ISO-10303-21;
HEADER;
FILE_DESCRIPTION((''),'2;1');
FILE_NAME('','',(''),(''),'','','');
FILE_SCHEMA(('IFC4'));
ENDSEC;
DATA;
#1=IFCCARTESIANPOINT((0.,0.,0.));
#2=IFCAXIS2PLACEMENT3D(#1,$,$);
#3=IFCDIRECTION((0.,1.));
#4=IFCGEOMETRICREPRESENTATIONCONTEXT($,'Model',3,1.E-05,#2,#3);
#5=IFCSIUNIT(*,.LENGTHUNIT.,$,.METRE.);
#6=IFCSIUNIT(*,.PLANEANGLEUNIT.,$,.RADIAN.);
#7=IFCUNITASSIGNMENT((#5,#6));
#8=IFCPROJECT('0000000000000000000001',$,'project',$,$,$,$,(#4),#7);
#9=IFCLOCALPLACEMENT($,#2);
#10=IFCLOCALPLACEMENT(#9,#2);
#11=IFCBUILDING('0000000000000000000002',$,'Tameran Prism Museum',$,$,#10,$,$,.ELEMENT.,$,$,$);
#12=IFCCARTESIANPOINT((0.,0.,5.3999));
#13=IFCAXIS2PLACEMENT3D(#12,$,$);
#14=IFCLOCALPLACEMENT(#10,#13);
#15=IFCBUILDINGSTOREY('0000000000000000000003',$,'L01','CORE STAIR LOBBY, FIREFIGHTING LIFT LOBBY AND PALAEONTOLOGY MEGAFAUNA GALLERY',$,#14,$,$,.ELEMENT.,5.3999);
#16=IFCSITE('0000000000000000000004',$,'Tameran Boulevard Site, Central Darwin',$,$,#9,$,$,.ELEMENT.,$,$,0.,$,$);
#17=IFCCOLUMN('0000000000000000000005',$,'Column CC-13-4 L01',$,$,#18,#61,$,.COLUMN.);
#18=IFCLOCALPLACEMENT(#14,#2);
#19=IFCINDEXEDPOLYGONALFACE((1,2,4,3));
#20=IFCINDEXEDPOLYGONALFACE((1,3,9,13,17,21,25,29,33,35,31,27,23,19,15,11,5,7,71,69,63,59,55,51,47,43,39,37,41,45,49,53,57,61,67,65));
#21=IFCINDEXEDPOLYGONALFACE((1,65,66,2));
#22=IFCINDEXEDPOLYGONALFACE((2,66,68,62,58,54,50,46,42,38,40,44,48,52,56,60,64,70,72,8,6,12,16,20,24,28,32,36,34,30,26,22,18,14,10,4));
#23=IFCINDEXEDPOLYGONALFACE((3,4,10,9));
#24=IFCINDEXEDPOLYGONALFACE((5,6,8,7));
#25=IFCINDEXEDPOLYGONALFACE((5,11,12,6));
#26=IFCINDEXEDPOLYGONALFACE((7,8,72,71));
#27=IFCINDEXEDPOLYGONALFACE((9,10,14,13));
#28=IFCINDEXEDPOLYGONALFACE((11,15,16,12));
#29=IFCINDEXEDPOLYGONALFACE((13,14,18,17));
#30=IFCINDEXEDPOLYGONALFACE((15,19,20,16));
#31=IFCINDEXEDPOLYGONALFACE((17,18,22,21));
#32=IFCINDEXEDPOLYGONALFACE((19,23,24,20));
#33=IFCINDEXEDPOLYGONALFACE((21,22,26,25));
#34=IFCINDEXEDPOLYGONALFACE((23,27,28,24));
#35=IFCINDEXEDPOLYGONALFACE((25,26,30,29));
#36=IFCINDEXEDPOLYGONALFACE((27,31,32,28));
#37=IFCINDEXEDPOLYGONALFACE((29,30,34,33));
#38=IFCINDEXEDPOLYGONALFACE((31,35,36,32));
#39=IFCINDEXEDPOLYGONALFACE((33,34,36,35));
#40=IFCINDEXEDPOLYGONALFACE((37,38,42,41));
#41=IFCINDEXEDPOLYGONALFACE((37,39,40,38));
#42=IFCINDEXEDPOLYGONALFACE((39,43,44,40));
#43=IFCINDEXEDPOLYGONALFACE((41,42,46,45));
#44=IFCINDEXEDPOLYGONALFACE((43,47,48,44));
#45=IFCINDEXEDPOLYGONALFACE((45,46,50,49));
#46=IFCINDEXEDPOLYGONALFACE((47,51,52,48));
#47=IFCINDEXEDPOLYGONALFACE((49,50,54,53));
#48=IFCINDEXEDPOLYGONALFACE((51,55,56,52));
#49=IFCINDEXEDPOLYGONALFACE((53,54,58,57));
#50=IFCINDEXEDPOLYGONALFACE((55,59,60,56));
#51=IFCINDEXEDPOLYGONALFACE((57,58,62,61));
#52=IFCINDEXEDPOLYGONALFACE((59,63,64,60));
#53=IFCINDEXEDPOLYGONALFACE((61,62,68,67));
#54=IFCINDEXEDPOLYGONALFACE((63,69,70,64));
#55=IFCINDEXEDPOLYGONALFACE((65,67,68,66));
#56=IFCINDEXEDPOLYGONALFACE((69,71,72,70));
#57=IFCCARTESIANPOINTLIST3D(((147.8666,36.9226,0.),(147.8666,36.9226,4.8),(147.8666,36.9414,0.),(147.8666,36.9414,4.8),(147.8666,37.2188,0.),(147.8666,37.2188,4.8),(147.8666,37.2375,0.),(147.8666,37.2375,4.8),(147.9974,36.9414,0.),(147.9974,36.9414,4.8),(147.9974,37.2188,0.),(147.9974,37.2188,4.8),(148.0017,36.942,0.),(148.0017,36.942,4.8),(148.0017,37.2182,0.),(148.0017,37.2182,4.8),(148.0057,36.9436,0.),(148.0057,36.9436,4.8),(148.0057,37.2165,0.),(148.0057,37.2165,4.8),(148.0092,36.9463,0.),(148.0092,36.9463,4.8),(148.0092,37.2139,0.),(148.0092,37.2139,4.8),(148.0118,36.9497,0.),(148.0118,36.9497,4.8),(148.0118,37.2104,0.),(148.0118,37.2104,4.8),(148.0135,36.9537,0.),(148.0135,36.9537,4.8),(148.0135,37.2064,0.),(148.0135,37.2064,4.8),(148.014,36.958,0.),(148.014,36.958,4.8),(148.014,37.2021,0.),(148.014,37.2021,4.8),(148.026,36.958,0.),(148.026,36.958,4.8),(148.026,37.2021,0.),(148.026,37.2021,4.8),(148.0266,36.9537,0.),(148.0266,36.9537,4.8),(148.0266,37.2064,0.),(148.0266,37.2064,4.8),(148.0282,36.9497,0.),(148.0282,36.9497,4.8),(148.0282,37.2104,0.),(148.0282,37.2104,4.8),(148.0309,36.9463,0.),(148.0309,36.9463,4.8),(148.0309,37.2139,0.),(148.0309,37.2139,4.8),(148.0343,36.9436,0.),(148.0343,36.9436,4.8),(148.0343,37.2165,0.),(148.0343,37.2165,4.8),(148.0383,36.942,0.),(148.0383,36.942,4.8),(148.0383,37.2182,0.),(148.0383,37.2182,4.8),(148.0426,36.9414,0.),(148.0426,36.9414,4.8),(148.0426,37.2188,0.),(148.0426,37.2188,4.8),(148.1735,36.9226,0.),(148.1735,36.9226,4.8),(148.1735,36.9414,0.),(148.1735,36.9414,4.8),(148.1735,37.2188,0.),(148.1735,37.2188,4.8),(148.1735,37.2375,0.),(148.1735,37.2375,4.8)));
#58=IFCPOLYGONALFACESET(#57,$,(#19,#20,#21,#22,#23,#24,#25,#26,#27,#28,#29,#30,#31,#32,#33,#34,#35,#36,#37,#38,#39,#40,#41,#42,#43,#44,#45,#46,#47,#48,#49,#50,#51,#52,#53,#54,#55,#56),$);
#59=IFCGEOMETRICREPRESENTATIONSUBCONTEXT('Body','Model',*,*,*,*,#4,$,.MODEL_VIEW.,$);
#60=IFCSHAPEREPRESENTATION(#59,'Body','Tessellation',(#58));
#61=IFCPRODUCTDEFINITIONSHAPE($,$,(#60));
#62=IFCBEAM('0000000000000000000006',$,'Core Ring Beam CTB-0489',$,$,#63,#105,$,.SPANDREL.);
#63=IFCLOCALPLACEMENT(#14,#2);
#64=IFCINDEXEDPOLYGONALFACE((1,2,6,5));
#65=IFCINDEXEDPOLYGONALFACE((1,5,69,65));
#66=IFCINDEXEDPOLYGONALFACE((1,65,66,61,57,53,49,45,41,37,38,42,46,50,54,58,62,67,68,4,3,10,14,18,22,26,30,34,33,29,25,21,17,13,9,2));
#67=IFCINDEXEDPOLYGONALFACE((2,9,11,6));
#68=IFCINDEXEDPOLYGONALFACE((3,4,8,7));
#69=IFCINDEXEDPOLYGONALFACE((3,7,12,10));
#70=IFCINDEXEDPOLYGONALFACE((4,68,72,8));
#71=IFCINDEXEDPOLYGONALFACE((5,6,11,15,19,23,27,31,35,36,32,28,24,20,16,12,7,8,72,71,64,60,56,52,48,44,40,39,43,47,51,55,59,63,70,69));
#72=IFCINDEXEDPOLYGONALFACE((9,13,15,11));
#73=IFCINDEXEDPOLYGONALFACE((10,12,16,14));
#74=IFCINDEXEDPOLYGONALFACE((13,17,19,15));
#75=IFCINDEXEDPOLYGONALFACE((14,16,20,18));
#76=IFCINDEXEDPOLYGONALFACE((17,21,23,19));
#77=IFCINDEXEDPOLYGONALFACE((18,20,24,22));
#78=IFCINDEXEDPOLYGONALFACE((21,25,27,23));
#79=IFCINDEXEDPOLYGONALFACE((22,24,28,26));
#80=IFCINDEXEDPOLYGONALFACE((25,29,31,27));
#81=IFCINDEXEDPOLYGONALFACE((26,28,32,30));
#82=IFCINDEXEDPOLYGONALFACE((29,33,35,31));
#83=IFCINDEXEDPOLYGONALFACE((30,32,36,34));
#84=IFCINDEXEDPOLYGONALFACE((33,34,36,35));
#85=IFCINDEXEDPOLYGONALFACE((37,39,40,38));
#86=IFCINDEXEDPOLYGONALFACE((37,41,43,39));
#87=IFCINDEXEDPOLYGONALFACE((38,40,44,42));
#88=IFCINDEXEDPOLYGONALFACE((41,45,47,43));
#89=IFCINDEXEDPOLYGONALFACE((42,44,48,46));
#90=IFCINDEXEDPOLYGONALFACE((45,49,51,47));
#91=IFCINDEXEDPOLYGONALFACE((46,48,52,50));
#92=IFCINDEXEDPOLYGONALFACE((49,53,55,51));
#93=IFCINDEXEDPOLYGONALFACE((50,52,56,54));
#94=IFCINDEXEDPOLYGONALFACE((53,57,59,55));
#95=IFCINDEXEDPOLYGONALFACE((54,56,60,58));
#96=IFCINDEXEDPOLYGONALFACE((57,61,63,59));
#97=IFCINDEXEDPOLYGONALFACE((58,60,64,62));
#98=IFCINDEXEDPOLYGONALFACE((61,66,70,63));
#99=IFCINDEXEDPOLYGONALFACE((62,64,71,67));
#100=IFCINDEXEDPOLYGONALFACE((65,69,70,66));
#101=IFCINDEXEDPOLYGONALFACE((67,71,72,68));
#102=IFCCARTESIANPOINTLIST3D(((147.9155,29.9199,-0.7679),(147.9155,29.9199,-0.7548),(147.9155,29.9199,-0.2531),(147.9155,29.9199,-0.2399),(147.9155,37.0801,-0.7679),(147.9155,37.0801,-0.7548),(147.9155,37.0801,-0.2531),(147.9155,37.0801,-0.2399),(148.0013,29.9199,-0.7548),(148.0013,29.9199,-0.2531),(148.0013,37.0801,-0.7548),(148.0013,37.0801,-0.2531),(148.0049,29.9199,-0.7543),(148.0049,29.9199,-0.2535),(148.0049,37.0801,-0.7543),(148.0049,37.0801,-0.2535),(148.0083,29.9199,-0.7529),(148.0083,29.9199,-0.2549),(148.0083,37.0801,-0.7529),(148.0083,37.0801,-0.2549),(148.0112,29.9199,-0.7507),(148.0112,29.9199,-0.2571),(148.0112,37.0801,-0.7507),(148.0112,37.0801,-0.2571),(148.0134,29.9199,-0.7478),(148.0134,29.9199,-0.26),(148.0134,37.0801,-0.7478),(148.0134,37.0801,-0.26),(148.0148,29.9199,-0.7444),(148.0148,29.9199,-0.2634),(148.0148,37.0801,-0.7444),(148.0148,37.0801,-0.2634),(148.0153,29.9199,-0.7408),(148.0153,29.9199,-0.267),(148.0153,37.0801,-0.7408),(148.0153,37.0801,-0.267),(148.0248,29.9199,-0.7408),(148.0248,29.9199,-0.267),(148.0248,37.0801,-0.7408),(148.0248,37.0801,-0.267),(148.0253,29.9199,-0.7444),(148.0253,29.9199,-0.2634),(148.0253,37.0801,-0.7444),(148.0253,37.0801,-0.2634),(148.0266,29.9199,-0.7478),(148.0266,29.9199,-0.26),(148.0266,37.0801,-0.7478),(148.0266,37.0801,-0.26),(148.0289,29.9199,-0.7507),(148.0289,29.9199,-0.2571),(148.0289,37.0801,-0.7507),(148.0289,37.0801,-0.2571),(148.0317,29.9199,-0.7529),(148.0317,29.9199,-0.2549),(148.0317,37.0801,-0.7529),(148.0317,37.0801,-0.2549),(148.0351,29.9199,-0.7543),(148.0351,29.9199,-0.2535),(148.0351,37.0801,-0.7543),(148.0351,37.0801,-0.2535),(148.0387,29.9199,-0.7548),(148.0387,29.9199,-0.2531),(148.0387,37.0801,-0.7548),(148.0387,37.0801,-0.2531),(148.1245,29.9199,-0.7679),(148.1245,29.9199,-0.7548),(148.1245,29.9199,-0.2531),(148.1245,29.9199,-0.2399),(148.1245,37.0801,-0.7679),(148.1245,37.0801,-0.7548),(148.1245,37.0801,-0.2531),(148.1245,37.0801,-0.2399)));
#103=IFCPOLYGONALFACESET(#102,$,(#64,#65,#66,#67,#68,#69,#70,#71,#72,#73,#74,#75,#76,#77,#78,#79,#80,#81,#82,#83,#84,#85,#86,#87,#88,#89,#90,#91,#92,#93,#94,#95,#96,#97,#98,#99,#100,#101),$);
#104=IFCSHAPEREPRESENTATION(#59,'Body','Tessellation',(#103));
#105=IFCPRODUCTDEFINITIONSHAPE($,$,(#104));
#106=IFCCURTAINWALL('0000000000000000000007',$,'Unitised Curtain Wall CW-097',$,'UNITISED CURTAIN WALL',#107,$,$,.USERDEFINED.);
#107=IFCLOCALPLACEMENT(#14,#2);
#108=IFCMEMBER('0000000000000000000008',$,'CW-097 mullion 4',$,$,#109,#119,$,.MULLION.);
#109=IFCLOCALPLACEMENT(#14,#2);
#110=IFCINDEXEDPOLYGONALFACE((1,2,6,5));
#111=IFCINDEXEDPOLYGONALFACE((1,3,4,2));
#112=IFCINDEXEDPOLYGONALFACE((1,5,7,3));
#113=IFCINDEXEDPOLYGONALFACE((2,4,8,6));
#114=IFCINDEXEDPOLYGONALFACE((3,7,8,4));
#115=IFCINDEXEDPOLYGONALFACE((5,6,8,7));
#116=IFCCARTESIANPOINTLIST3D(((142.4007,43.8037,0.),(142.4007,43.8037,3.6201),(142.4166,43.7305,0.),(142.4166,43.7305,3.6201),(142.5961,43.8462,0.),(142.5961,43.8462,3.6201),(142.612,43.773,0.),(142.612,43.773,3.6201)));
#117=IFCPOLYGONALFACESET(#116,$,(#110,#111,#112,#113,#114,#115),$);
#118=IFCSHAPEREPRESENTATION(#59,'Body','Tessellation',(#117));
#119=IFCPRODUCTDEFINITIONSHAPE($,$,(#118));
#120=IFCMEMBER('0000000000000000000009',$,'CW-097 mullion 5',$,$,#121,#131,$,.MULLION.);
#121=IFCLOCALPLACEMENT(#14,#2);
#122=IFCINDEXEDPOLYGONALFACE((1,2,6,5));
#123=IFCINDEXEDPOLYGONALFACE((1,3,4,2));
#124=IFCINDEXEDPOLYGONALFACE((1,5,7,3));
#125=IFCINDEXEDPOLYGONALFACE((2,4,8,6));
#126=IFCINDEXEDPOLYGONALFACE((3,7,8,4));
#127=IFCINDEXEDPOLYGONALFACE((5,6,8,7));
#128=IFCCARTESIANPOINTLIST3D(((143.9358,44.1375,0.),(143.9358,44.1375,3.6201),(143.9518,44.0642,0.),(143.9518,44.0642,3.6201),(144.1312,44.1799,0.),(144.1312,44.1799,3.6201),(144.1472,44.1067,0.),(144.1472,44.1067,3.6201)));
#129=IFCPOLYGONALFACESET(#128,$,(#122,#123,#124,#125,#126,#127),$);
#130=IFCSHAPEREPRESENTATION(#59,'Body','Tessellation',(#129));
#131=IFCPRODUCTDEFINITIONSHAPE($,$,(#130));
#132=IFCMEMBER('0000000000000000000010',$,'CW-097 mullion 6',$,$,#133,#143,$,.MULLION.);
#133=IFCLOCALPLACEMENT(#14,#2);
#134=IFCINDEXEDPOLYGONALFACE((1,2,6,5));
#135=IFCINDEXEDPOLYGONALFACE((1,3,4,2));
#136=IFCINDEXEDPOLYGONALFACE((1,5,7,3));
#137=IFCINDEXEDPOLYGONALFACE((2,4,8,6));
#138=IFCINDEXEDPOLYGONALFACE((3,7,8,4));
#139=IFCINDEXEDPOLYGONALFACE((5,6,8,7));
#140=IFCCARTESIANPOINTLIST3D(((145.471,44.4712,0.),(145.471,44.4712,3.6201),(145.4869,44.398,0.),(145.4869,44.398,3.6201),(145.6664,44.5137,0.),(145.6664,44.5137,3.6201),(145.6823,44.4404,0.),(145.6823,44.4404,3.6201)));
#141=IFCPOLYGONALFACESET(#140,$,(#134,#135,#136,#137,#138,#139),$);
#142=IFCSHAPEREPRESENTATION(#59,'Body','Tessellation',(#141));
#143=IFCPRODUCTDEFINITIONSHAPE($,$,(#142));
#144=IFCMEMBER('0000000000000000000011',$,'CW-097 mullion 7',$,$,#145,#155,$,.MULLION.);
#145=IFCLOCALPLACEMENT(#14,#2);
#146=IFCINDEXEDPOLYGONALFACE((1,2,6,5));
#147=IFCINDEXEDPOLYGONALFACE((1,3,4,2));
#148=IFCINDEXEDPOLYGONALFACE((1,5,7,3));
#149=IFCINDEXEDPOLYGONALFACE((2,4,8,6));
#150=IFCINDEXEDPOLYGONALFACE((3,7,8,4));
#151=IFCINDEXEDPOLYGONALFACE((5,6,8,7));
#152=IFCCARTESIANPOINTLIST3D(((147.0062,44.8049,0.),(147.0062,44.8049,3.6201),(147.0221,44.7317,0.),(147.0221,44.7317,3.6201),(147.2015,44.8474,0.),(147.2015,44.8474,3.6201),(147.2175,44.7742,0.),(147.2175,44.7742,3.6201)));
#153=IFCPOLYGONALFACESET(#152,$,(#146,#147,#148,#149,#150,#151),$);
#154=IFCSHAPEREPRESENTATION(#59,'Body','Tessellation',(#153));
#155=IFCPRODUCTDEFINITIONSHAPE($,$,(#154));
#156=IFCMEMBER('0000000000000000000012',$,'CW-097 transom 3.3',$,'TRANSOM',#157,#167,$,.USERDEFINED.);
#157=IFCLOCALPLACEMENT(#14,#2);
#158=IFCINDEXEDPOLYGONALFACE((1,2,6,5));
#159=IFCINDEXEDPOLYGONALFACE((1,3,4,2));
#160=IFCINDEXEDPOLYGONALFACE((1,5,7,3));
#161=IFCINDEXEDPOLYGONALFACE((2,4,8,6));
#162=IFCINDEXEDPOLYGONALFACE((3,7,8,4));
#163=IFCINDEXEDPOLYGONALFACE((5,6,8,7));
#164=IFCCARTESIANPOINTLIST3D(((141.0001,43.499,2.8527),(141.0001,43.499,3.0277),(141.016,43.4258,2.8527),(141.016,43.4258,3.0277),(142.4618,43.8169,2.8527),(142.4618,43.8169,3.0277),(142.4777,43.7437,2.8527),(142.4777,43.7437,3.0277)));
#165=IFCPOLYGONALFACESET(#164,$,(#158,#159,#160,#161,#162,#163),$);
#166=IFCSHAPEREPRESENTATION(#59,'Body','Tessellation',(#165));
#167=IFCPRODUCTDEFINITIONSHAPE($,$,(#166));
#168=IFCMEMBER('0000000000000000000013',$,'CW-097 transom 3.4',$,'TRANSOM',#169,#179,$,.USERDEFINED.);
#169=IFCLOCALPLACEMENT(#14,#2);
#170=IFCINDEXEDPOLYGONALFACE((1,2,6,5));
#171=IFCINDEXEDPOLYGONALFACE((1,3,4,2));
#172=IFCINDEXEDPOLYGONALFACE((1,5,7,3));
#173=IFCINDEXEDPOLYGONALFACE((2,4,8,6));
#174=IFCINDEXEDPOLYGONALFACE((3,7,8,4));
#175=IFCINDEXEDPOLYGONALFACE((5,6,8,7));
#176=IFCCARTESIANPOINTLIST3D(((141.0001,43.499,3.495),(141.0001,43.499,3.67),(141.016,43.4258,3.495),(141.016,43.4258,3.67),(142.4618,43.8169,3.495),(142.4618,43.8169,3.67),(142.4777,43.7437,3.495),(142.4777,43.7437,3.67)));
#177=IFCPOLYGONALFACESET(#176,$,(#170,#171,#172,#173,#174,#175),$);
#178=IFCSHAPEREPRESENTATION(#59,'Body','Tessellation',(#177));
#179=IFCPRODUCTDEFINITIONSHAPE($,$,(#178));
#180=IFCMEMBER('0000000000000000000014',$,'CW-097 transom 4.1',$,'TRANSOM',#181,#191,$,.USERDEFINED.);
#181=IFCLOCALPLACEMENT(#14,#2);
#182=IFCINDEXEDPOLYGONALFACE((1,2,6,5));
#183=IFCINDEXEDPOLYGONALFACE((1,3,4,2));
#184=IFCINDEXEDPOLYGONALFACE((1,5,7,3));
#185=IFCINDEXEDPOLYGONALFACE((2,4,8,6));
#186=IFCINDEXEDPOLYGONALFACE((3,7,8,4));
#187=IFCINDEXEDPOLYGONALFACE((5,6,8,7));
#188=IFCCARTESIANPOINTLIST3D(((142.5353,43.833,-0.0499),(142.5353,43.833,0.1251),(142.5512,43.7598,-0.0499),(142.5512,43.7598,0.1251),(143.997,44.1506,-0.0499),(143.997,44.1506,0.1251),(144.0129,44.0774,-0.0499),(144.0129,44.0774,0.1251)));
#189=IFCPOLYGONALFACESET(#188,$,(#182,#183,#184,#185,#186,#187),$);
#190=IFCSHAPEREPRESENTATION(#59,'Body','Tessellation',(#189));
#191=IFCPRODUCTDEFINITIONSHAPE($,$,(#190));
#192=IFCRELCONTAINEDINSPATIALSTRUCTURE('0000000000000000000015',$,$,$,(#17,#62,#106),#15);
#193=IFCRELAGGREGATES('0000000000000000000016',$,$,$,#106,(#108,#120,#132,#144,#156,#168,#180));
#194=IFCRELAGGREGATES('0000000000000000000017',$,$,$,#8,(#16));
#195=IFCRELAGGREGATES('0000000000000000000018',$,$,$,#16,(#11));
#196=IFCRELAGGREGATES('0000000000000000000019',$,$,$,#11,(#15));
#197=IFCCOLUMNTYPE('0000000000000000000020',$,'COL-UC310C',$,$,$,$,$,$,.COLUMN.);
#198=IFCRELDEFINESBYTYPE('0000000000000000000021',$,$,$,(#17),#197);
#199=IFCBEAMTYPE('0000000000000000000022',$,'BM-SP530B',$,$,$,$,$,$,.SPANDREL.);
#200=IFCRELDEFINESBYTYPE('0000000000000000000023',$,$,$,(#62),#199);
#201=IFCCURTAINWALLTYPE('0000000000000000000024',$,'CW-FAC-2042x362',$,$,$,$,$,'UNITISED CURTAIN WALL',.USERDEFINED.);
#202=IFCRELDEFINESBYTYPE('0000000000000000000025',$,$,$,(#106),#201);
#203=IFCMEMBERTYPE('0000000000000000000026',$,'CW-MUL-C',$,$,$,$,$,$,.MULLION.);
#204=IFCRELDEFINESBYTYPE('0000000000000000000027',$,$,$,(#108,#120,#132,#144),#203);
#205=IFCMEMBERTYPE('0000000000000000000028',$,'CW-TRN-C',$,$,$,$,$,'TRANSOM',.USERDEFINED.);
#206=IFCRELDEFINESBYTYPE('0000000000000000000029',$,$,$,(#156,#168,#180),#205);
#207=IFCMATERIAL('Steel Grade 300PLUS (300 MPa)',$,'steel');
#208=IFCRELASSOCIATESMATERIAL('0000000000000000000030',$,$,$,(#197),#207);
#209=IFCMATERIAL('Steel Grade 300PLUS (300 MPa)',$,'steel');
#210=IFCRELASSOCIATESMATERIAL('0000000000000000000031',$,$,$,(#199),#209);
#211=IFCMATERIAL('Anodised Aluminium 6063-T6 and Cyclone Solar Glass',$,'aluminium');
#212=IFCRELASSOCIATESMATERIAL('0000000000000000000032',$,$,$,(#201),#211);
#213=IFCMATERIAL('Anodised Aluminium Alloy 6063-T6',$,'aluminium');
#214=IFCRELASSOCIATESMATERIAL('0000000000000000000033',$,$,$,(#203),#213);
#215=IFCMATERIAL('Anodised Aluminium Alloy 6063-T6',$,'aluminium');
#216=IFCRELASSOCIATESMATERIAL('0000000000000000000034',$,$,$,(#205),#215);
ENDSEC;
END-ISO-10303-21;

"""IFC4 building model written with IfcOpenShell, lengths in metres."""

from ifc_helpers import new_model, si_unit, direction, frame, origin, origin_2d, place, context, subcontext, project, spatial, rectangle, i_section, extrude, material, material_profile, profile_set, type_object, element, aggregate, save


model = new_model("IFC4")

# Units and contexts
model_context = context("Model", 3, precision=1e-05, world=origin(), true_north=direction((0.0, 1.0)))
body_context = subcontext(model_context, "Body", "Model", "MODEL_VIEW")
ifc_project = project(units=[si_unit("LENGTHUNIT", "METRE"), si_unit("PLANEANGLEUNIT", "RADIAN")], contexts=[model_context])

# Site, building, storey
site_placement = place(None, origin())
site = spatial("IfcSite", under=ifc_project, at=site_placement, Name="Tameran Boulevard Site, Central Darwin", CompositionType="ELEMENT", RefElevation=0.0)
building_placement = place(site_placement, origin())
building = spatial("IfcBuilding", under=site, at=building_placement, Name="Tameran Prism Museum", CompositionType="ELEMENT")
storey_placement = place(building_placement, frame((0.0, 0.0, 5.3999)))
storey = spatial("IfcBuildingStorey", under=building, at=storey_placement, Name="L01", Description="CORE STAIR LOBBY, FIREFIGHTING LIFT LOBBY AND PALAEONTOLOGY MEGAFAUNA GALLERY", CompositionType="ELEMENT", Elevation=5.3999)

# Column
ifc_material_1 = material(Name="Steel Grade 300PLUS (300 MPa)", Category="steel")
ifc_material_profile_1 = material_profile(ifc_material_1, i_section(OverallWidth=0.3069, OverallDepth=0.3149, WebThickness=0.012, FlangeThickness=0.0188, FilletRadius=0.0166, at=origin_2d()))
ifc_profile_set_1 = profile_set([ifc_material_profile_1])
column_type = type_object("IfcColumnType", Name="COL-UC310C", PredefinedType="COLUMN", material=ifc_profile_set_1)
column_placement = place(storey_placement, frame((148.02, 37.0801, 0.0), z_axis=(0.0, 0.0, 1.0), x_axis=(1.0, 0.0, 0.0)))
element("IfcColumn", 1, at=column_placement, inside=storey, type_object=column_type, Name="Column CC-13-4 L01", PredefinedType="COLUMN", context=body_context, shape_type="SweptSolid", body=[
    extrude(i_section(OverallWidth=0.3069, OverallDepth=0.3149, WebThickness=0.012, FlangeThickness=0.0188, FilletRadius=0.0166, at=origin_2d()), origin(), (0.0, 0.0, 1.0), 4.8),
])

# Beam
ifc_material_2 = material(Name="Steel Grade 300PLUS (300 MPa)", Category="steel")
ifc_material_profile_2 = material_profile(ifc_material_2, i_section(OverallWidth=0.209, OverallDepth=0.5281, WebThickness=0.0095, FlangeThickness=0.0132, FilletRadius=0.0139, at=origin_2d()))
ifc_profile_set_2 = profile_set([ifc_material_profile_2])
beam_type = type_object("IfcBeamType", Name="BM-SP530B", PredefinedType="SPANDREL", material=ifc_profile_set_2)
beam_placement = place(storey_placement, frame((148.02, 37.0801, -0.5039), z_axis=(0.0, -1.0, 0.0), x_axis=(1.0, 0.0, 0.0)))
element("IfcBeam", 2, at=beam_placement, inside=storey, type_object=beam_type, Name="Core Ring Beam CTB-0489", PredefinedType="SPANDREL", context=body_context, shape_type="SweptSolid", body=[
    extrude(i_section(OverallWidth=0.209, OverallDepth=0.5281, WebThickness=0.0095, FlangeThickness=0.0132, FilletRadius=0.0139, at=origin_2d()), origin(), (0.0, 0.0, 1.0), 7.1602),
])

# Curtain wall, members
ifc_material_3 = material(Name="Anodised Aluminium 6063-T6 and Cyclone Solar Glass", Category="aluminium")
curtain_wall_type = type_object("IfcCurtainWallType", Name="CW-FAC-2042x362", ElementType="UNITISED CURTAIN WALL", PredefinedType="USERDEFINED", material=ifc_material_3)
curtain_wall_placement = place(storey_placement, origin())
curtain_wall = element("IfcCurtainWall", 3, at=curtain_wall_placement, inside=storey, type_object=curtain_wall_type, Name="Unitised Curtain Wall CW-097", ObjectType="UNITISED CURTAIN WALL", PredefinedType="USERDEFINED")
ifc_material_4 = material(Name="Anodised Aluminium Alloy 6063-T6", Category="aluminium")
ifc_material_profile_3 = material_profile(ifc_material_4, rectangle(XDim=0.075, YDim=0.2, at=origin_2d()))
ifc_profile_set_3 = profile_set([ifc_material_profile_3])
member_type_1 = type_object("IfcMemberType", Name="CW-MUL-C", PredefinedType="MULLION", material=ifc_profile_set_3)
member_1_placement = place(storey_placement, frame((142.5063, 43.7883, 0.0), z_axis=(0.0, 0.0, 1.0), x_axis=(-0.212454, 0.977171, 0.0)))
member_1 = element("IfcMember", 4, at=member_1_placement, type_object=member_type_1, Name="CW-097 mullion 4", PredefinedType="MULLION", context=body_context, shape_type="SweptSolid", body=[
    extrude(rectangle(XDim=0.075, YDim=0.2, at=origin_2d()), origin(), (0.0, 0.0, 1.0), 3.6201),
])
member_2_placement = place(storey_placement, frame((144.0415, 44.1221, 0.0), z_axis=(0.0, 0.0, 1.0), x_axis=(-0.212454, 0.977171, 0.0)))
member_2 = element("IfcMember", 5, at=member_2_placement, type_object=member_type_1, Name="CW-097 mullion 5", PredefinedType="MULLION", context=body_context, shape_type="SweptSolid", body=[
    extrude(rectangle(XDim=0.075, YDim=0.2, at=origin_2d()), origin(), (0.0, 0.0, 1.0), 3.6201),
])
member_3_placement = place(storey_placement, frame((145.5767, 44.4558, 0.0), z_axis=(0.0, 0.0, 1.0), x_axis=(-0.212454, 0.977171, 0.0)))
member_3 = element("IfcMember", 6, at=member_3_placement, type_object=member_type_1, Name="CW-097 mullion 6", PredefinedType="MULLION", context=body_context, shape_type="SweptSolid", body=[
    extrude(rectangle(XDim=0.075, YDim=0.2, at=origin_2d()), origin(), (0.0, 0.0, 1.0), 3.6201),
])
member_4_placement = place(storey_placement, frame((147.1118, 44.7896, 0.0), z_axis=(0.0, 0.0, 1.0), x_axis=(-0.212454, 0.977171, 0.0)))
member_4 = element("IfcMember", 7, at=member_4_placement, type_object=member_type_1, Name="CW-097 mullion 7", PredefinedType="MULLION", context=body_context, shape_type="SweptSolid", body=[
    extrude(rectangle(XDim=0.075, YDim=0.2, at=origin_2d()), origin(), (0.0, 0.0, 1.0), 3.6201),
])
ifc_material_5 = material(Name="Anodised Aluminium Alloy 6063-T6", Category="aluminium")
ifc_material_profile_4 = material_profile(ifc_material_5, rectangle(XDim=0.075, YDim=0.175, at=origin_2d()))
ifc_profile_set_4 = profile_set([ifc_material_profile_4])
member_type_2 = type_object("IfcMemberType", Name="CW-TRN-C", ElementType="TRANSOM", PredefinedType="USERDEFINED", material=ifc_profile_set_4)
member_5_placement = place(storey_placement, frame((141.0081, 43.4624, 2.9402), z_axis=(0.97716, 0.212504, 0.0), x_axis=(-0.212504, 0.97716, 0.0)))
member_5 = element("IfcMember", 8, at=member_5_placement, type_object=member_type_2, Name="CW-097 transom 3.3", ObjectType="TRANSOM", PredefinedType="USERDEFINED", context=body_context, shape_type="SweptSolid", body=[
    extrude(rectangle(XDim=0.075, YDim=0.175, at=origin_2d()), origin(), (0.0, 0.0, 1.0), 1.4958),
])
member_6_placement = place(storey_placement, frame((141.0081, 43.4624, 3.5825), z_axis=(0.97716, 0.212504, 0.0), x_axis=(-0.212504, 0.97716, 0.0)))
member_6 = element("IfcMember", 9, at=member_6_placement, type_object=member_type_2, Name="CW-097 transom 3.4", ObjectType="TRANSOM", PredefinedType="USERDEFINED", context=body_context, shape_type="SweptSolid", body=[
    extrude(rectangle(XDim=0.075, YDim=0.175, at=origin_2d()), origin(), (0.0, 0.0, 1.0), 1.4958),
])
member_7_placement = place(storey_placement, frame((142.5432, 43.7964, 0.0376), z_axis=(0.977194, 0.212348, 0.0), x_axis=(-0.212348, 0.977194, 0.0)))
member_7 = element("IfcMember", 10, at=member_7_placement, type_object=member_type_2, Name="CW-097 transom 4.1", ObjectType="TRANSOM", PredefinedType="USERDEFINED", context=body_context, shape_type="SweptSolid", body=[
    extrude(rectangle(XDim=0.075, YDim=0.175, at=origin_2d()), origin(), (0.0, 0.0, 1.0), 1.4958),
])
aggregate(curtain_wall, [member_1, member_2, member_3, member_4, member_5, member_6, member_7])

save(model, "model.ifc")
